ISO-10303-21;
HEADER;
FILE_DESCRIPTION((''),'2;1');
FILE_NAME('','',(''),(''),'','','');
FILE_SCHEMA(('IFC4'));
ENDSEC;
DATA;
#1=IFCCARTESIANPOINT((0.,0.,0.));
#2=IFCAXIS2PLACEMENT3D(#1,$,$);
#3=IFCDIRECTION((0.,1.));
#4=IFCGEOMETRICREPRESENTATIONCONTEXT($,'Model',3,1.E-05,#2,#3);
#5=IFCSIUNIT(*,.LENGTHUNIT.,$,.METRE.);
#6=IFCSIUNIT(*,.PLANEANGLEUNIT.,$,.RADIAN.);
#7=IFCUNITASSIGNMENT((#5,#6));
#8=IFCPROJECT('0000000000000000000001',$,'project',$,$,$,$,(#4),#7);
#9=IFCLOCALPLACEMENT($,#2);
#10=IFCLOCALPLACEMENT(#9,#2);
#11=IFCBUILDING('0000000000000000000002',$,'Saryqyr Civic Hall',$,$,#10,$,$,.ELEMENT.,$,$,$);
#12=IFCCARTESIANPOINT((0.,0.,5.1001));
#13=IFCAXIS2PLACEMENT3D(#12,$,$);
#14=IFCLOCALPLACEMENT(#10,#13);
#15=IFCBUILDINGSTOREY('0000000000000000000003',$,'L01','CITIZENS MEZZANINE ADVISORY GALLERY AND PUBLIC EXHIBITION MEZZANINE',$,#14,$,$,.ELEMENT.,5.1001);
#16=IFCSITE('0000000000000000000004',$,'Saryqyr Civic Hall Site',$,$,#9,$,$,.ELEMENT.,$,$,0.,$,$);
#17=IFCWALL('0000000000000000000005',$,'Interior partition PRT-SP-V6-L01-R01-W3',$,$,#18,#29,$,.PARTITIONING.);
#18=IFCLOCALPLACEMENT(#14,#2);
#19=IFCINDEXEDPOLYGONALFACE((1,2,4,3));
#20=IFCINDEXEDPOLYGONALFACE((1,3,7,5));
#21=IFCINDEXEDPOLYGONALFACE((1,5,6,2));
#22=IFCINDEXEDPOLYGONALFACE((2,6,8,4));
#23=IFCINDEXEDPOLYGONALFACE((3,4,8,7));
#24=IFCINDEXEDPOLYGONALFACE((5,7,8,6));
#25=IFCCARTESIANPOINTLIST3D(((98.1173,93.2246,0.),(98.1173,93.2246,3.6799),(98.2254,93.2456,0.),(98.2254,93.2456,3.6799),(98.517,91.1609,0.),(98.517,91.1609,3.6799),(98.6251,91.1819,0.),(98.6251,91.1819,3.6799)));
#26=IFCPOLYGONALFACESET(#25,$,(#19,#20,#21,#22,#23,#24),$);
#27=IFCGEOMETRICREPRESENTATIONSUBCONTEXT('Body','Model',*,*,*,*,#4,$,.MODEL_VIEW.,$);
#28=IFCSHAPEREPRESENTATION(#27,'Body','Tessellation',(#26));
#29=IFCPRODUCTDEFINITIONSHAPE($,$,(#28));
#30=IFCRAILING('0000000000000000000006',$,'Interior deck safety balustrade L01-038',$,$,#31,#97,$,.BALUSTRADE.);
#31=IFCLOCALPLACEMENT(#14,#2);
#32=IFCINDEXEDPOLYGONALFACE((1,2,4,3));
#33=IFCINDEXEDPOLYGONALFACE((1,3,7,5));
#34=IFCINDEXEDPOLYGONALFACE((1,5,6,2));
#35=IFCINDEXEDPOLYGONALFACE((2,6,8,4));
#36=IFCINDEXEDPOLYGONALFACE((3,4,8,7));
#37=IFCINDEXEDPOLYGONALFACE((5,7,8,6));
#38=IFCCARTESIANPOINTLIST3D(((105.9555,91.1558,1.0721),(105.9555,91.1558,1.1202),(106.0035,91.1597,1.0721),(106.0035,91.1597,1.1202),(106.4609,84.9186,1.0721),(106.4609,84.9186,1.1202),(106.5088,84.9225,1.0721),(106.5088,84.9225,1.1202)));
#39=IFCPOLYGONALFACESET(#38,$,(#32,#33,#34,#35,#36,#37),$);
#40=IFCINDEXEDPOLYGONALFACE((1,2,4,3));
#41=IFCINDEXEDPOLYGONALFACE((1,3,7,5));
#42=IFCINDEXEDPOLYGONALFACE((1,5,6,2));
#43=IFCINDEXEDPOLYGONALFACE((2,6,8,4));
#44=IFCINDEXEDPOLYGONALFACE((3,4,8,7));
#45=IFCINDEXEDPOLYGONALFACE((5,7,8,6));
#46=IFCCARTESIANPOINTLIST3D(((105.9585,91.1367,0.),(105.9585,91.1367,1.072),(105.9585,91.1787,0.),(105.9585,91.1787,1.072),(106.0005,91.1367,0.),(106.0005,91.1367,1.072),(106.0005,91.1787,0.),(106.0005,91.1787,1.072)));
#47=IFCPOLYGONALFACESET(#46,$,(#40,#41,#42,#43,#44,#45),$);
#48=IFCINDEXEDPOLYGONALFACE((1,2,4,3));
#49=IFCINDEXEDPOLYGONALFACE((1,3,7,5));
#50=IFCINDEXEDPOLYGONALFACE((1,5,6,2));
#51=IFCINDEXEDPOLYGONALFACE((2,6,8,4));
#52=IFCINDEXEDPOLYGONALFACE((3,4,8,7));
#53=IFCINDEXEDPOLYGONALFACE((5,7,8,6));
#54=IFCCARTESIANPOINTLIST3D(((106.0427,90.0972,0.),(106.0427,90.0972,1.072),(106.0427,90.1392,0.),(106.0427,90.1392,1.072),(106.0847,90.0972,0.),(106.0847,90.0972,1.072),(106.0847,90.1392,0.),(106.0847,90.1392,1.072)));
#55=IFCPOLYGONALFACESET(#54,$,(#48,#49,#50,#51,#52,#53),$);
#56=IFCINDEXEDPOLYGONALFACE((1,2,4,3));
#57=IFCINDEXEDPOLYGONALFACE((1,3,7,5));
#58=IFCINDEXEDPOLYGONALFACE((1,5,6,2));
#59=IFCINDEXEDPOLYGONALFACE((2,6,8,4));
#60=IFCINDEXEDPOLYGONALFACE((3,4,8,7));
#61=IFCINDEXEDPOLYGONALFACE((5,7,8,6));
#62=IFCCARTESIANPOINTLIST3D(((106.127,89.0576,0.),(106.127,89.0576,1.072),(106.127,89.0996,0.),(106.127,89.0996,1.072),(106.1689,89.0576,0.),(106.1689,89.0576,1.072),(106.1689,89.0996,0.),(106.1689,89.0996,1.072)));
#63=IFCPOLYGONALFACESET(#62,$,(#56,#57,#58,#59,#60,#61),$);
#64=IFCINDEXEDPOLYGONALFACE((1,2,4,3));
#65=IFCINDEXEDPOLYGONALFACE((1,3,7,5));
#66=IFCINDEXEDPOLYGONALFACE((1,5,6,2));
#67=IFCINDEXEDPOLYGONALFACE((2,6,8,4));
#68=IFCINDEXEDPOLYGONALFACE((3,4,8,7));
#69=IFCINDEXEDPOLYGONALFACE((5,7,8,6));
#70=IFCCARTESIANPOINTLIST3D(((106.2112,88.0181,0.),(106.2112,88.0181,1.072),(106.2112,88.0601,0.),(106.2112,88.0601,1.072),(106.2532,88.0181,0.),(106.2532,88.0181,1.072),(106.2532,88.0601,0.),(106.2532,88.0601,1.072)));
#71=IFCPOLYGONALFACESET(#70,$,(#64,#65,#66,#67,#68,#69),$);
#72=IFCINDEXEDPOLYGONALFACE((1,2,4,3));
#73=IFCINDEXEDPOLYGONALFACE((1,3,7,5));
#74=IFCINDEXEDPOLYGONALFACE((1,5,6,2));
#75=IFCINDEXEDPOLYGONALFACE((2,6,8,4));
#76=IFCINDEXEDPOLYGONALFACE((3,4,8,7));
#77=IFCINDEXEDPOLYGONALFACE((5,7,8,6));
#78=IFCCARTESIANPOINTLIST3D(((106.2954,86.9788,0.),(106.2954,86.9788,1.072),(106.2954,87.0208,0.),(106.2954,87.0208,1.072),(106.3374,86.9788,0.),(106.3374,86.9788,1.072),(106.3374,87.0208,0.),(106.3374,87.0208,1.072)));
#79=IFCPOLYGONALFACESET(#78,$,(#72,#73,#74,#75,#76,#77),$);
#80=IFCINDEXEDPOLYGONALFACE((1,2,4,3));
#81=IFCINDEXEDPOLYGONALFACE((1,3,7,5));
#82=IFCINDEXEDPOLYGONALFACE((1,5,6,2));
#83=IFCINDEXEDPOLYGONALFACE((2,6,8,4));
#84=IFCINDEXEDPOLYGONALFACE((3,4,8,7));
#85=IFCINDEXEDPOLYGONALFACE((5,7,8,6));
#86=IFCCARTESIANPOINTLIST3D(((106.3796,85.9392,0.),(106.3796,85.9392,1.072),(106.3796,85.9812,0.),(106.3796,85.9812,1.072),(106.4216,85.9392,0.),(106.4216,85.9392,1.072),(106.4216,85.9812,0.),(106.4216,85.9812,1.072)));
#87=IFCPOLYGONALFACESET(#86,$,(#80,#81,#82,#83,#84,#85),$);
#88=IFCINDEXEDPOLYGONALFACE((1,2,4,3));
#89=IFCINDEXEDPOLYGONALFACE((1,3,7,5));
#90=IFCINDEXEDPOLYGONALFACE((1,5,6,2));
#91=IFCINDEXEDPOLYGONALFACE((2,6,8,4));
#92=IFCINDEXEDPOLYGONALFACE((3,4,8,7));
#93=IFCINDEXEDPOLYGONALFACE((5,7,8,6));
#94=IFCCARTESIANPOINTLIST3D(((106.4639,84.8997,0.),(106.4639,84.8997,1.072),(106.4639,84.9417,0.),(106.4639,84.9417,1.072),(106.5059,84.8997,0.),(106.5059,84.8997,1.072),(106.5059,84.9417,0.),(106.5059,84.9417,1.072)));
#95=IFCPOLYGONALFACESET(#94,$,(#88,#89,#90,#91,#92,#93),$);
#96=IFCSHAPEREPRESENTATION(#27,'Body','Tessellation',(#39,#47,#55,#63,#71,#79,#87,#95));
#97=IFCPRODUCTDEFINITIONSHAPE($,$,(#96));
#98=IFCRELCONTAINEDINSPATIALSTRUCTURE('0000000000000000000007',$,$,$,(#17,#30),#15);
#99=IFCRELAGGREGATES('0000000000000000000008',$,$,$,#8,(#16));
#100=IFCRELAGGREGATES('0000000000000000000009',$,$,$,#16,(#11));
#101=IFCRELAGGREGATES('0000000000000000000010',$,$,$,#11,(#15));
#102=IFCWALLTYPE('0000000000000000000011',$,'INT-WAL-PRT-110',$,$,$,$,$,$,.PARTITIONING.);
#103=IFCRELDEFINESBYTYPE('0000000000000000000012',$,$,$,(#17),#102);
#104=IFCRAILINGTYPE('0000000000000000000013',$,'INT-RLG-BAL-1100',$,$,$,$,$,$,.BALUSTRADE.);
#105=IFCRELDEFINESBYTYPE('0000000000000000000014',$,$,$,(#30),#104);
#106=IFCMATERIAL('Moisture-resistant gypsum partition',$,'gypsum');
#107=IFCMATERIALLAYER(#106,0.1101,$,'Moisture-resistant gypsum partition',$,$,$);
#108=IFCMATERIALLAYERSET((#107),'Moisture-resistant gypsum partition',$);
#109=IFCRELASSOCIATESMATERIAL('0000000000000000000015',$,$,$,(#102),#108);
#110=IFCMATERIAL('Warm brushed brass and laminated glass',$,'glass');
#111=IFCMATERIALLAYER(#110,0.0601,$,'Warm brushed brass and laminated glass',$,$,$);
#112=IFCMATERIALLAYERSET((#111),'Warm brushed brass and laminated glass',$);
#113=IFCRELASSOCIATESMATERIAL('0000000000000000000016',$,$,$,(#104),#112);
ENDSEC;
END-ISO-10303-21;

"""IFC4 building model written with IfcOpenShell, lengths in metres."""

from ifc_helpers import new_model, si_unit, direction, frame, frame_2d, origin, origin_2d, place, context, subcontext, project, spatial, rectangle, extrude, material, layer, layer_set, type_object, element, save


model = new_model("IFC4")

# Units and contexts
model_context = context("Model", 3, precision=1e-05, world=origin(), true_north=direction((0.0, 1.0)))
body_context = subcontext(model_context, "Body", "Model", "MODEL_VIEW")
ifc_project = project(units=[si_unit("LENGTHUNIT", "METRE"), si_unit("PLANEANGLEUNIT", "RADIAN")], contexts=[model_context])

# Site, building, storey
site_placement = place(None, origin())
site = spatial("IfcSite", under=ifc_project, at=site_placement, Name="Saryqyr Civic Hall Site", CompositionType="ELEMENT", RefElevation=0.0)
building_placement = place(site_placement, origin())
building = spatial("IfcBuilding", under=site, at=building_placement, Name="Saryqyr Civic Hall", CompositionType="ELEMENT")
storey_placement = place(building_placement, frame((0.0, 0.0, 5.1001)))
storey = spatial("IfcBuildingStorey", under=building, at=storey_placement, Name="L01", Description="CITIZENS MEZZANINE ADVISORY GALLERY AND PUBLIC EXHIBITION MEZZANINE", CompositionType="ELEMENT", Elevation=5.1001)

# Wall
ifc_material_1 = material(Name="Moisture-resistant gypsum partition", Category="gypsum")
ifc_layer_1 = layer(ifc_material_1, 0.1101, Name="Moisture-resistant gypsum partition")
ifc_layer_set_1 = layer_set([ifc_layer_1], Name="Moisture-resistant gypsum partition")
wall_type_1 = type_object("IfcWallType", Name="INT-WAL-PRT-110", PredefinedType="PARTITIONING", material=ifc_layer_set_1)
wall_1_placement = place(storey_placement, frame((98.571, 91.1714, 0.0), z_axis=(0.0, 0.0, 1.0), x_axis=(-0.190127, 0.98176, 0.0)))
element("IfcWall", 1, at=wall_1_placement, inside=storey, type_object=wall_type_1, Name="Interior partition PRT-SP-V6-L01-R01-W3", PredefinedType="PARTITIONING", context=body_context, shape_type="SweptSolid", body=[
    extrude(rectangle(XDim=2.1021, YDim=0.1101, at=frame_2d((1.051, 0.0))), origin(), (0.0, 0.0, 1.0), 3.6799),
])

# Railing
ifc_material_2 = material(Name="Warm brushed brass and laminated glass", Category="glass")
ifc_layer_2 = layer(ifc_material_2, 0.0601, Name="Warm brushed brass and laminated glass")
ifc_layer_set_2 = layer_set([ifc_layer_2], Name="Warm brushed brass and laminated glass")
railing_type = type_object("IfcRailingType", Name="INT-RLG-BAL-1100", PredefinedType="BALUSTRADE", material=ifc_layer_set_2)
railing_placement = place(storey_placement, frame((105.9795, 91.1577, 0.0)))
element("IfcRailing", 2, at=railing_placement, inside=storey, type_object=railing_type, Name="Interior deck safety balustrade L01-038", PredefinedType="BALUSTRADE", context=body_context, shape_type="SweptSolid", body=[
    extrude(rectangle(XDim=0.0481, YDim=0.0481, at=origin_2d()), frame((0.0, 0.0, 1.0962), z_axis=(0.080762, -0.996733, 0.0), x_axis=(0.996733, 0.080762, 0.0)), (0.0, 0.0, 1.0), 6.2576),
    extrude(rectangle(XDim=0.042, YDim=0.042, at=origin_2d()), origin(), (0.0, 0.0, 1.0), 1.072),
    extrude(rectangle(XDim=0.042, YDim=0.042, at=origin_2d()), frame((0.0842, -1.0396, 0.0)), (0.0, 0.0, 1.0), 1.072),
    extrude(rectangle(XDim=0.042, YDim=0.042, at=origin_2d()), frame((0.1685, -2.0791, 0.0)), (0.0, 0.0, 1.0), 1.072),
    extrude(rectangle(XDim=0.042, YDim=0.042, at=origin_2d()), frame((0.2527, -3.1187, 0.0)), (0.0, 0.0, 1.0), 1.072),
    extrude(rectangle(XDim=0.042, YDim=0.042, at=origin_2d()), frame((0.3369, -4.158, 0.0)), (0.0, 0.0, 1.0), 1.072),
    extrude(rectangle(XDim=0.042, YDim=0.042, at=origin_2d()), frame((0.4211, -5.1975, 0.0)), (0.0, 0.0, 1.0), 1.072),
    extrude(rectangle(XDim=0.042, YDim=0.042, at=origin_2d()), frame((0.5054, -6.2371, 0.0)), (0.0, 0.0, 1.0), 1.072),
])

save(model, "model.ifc")
